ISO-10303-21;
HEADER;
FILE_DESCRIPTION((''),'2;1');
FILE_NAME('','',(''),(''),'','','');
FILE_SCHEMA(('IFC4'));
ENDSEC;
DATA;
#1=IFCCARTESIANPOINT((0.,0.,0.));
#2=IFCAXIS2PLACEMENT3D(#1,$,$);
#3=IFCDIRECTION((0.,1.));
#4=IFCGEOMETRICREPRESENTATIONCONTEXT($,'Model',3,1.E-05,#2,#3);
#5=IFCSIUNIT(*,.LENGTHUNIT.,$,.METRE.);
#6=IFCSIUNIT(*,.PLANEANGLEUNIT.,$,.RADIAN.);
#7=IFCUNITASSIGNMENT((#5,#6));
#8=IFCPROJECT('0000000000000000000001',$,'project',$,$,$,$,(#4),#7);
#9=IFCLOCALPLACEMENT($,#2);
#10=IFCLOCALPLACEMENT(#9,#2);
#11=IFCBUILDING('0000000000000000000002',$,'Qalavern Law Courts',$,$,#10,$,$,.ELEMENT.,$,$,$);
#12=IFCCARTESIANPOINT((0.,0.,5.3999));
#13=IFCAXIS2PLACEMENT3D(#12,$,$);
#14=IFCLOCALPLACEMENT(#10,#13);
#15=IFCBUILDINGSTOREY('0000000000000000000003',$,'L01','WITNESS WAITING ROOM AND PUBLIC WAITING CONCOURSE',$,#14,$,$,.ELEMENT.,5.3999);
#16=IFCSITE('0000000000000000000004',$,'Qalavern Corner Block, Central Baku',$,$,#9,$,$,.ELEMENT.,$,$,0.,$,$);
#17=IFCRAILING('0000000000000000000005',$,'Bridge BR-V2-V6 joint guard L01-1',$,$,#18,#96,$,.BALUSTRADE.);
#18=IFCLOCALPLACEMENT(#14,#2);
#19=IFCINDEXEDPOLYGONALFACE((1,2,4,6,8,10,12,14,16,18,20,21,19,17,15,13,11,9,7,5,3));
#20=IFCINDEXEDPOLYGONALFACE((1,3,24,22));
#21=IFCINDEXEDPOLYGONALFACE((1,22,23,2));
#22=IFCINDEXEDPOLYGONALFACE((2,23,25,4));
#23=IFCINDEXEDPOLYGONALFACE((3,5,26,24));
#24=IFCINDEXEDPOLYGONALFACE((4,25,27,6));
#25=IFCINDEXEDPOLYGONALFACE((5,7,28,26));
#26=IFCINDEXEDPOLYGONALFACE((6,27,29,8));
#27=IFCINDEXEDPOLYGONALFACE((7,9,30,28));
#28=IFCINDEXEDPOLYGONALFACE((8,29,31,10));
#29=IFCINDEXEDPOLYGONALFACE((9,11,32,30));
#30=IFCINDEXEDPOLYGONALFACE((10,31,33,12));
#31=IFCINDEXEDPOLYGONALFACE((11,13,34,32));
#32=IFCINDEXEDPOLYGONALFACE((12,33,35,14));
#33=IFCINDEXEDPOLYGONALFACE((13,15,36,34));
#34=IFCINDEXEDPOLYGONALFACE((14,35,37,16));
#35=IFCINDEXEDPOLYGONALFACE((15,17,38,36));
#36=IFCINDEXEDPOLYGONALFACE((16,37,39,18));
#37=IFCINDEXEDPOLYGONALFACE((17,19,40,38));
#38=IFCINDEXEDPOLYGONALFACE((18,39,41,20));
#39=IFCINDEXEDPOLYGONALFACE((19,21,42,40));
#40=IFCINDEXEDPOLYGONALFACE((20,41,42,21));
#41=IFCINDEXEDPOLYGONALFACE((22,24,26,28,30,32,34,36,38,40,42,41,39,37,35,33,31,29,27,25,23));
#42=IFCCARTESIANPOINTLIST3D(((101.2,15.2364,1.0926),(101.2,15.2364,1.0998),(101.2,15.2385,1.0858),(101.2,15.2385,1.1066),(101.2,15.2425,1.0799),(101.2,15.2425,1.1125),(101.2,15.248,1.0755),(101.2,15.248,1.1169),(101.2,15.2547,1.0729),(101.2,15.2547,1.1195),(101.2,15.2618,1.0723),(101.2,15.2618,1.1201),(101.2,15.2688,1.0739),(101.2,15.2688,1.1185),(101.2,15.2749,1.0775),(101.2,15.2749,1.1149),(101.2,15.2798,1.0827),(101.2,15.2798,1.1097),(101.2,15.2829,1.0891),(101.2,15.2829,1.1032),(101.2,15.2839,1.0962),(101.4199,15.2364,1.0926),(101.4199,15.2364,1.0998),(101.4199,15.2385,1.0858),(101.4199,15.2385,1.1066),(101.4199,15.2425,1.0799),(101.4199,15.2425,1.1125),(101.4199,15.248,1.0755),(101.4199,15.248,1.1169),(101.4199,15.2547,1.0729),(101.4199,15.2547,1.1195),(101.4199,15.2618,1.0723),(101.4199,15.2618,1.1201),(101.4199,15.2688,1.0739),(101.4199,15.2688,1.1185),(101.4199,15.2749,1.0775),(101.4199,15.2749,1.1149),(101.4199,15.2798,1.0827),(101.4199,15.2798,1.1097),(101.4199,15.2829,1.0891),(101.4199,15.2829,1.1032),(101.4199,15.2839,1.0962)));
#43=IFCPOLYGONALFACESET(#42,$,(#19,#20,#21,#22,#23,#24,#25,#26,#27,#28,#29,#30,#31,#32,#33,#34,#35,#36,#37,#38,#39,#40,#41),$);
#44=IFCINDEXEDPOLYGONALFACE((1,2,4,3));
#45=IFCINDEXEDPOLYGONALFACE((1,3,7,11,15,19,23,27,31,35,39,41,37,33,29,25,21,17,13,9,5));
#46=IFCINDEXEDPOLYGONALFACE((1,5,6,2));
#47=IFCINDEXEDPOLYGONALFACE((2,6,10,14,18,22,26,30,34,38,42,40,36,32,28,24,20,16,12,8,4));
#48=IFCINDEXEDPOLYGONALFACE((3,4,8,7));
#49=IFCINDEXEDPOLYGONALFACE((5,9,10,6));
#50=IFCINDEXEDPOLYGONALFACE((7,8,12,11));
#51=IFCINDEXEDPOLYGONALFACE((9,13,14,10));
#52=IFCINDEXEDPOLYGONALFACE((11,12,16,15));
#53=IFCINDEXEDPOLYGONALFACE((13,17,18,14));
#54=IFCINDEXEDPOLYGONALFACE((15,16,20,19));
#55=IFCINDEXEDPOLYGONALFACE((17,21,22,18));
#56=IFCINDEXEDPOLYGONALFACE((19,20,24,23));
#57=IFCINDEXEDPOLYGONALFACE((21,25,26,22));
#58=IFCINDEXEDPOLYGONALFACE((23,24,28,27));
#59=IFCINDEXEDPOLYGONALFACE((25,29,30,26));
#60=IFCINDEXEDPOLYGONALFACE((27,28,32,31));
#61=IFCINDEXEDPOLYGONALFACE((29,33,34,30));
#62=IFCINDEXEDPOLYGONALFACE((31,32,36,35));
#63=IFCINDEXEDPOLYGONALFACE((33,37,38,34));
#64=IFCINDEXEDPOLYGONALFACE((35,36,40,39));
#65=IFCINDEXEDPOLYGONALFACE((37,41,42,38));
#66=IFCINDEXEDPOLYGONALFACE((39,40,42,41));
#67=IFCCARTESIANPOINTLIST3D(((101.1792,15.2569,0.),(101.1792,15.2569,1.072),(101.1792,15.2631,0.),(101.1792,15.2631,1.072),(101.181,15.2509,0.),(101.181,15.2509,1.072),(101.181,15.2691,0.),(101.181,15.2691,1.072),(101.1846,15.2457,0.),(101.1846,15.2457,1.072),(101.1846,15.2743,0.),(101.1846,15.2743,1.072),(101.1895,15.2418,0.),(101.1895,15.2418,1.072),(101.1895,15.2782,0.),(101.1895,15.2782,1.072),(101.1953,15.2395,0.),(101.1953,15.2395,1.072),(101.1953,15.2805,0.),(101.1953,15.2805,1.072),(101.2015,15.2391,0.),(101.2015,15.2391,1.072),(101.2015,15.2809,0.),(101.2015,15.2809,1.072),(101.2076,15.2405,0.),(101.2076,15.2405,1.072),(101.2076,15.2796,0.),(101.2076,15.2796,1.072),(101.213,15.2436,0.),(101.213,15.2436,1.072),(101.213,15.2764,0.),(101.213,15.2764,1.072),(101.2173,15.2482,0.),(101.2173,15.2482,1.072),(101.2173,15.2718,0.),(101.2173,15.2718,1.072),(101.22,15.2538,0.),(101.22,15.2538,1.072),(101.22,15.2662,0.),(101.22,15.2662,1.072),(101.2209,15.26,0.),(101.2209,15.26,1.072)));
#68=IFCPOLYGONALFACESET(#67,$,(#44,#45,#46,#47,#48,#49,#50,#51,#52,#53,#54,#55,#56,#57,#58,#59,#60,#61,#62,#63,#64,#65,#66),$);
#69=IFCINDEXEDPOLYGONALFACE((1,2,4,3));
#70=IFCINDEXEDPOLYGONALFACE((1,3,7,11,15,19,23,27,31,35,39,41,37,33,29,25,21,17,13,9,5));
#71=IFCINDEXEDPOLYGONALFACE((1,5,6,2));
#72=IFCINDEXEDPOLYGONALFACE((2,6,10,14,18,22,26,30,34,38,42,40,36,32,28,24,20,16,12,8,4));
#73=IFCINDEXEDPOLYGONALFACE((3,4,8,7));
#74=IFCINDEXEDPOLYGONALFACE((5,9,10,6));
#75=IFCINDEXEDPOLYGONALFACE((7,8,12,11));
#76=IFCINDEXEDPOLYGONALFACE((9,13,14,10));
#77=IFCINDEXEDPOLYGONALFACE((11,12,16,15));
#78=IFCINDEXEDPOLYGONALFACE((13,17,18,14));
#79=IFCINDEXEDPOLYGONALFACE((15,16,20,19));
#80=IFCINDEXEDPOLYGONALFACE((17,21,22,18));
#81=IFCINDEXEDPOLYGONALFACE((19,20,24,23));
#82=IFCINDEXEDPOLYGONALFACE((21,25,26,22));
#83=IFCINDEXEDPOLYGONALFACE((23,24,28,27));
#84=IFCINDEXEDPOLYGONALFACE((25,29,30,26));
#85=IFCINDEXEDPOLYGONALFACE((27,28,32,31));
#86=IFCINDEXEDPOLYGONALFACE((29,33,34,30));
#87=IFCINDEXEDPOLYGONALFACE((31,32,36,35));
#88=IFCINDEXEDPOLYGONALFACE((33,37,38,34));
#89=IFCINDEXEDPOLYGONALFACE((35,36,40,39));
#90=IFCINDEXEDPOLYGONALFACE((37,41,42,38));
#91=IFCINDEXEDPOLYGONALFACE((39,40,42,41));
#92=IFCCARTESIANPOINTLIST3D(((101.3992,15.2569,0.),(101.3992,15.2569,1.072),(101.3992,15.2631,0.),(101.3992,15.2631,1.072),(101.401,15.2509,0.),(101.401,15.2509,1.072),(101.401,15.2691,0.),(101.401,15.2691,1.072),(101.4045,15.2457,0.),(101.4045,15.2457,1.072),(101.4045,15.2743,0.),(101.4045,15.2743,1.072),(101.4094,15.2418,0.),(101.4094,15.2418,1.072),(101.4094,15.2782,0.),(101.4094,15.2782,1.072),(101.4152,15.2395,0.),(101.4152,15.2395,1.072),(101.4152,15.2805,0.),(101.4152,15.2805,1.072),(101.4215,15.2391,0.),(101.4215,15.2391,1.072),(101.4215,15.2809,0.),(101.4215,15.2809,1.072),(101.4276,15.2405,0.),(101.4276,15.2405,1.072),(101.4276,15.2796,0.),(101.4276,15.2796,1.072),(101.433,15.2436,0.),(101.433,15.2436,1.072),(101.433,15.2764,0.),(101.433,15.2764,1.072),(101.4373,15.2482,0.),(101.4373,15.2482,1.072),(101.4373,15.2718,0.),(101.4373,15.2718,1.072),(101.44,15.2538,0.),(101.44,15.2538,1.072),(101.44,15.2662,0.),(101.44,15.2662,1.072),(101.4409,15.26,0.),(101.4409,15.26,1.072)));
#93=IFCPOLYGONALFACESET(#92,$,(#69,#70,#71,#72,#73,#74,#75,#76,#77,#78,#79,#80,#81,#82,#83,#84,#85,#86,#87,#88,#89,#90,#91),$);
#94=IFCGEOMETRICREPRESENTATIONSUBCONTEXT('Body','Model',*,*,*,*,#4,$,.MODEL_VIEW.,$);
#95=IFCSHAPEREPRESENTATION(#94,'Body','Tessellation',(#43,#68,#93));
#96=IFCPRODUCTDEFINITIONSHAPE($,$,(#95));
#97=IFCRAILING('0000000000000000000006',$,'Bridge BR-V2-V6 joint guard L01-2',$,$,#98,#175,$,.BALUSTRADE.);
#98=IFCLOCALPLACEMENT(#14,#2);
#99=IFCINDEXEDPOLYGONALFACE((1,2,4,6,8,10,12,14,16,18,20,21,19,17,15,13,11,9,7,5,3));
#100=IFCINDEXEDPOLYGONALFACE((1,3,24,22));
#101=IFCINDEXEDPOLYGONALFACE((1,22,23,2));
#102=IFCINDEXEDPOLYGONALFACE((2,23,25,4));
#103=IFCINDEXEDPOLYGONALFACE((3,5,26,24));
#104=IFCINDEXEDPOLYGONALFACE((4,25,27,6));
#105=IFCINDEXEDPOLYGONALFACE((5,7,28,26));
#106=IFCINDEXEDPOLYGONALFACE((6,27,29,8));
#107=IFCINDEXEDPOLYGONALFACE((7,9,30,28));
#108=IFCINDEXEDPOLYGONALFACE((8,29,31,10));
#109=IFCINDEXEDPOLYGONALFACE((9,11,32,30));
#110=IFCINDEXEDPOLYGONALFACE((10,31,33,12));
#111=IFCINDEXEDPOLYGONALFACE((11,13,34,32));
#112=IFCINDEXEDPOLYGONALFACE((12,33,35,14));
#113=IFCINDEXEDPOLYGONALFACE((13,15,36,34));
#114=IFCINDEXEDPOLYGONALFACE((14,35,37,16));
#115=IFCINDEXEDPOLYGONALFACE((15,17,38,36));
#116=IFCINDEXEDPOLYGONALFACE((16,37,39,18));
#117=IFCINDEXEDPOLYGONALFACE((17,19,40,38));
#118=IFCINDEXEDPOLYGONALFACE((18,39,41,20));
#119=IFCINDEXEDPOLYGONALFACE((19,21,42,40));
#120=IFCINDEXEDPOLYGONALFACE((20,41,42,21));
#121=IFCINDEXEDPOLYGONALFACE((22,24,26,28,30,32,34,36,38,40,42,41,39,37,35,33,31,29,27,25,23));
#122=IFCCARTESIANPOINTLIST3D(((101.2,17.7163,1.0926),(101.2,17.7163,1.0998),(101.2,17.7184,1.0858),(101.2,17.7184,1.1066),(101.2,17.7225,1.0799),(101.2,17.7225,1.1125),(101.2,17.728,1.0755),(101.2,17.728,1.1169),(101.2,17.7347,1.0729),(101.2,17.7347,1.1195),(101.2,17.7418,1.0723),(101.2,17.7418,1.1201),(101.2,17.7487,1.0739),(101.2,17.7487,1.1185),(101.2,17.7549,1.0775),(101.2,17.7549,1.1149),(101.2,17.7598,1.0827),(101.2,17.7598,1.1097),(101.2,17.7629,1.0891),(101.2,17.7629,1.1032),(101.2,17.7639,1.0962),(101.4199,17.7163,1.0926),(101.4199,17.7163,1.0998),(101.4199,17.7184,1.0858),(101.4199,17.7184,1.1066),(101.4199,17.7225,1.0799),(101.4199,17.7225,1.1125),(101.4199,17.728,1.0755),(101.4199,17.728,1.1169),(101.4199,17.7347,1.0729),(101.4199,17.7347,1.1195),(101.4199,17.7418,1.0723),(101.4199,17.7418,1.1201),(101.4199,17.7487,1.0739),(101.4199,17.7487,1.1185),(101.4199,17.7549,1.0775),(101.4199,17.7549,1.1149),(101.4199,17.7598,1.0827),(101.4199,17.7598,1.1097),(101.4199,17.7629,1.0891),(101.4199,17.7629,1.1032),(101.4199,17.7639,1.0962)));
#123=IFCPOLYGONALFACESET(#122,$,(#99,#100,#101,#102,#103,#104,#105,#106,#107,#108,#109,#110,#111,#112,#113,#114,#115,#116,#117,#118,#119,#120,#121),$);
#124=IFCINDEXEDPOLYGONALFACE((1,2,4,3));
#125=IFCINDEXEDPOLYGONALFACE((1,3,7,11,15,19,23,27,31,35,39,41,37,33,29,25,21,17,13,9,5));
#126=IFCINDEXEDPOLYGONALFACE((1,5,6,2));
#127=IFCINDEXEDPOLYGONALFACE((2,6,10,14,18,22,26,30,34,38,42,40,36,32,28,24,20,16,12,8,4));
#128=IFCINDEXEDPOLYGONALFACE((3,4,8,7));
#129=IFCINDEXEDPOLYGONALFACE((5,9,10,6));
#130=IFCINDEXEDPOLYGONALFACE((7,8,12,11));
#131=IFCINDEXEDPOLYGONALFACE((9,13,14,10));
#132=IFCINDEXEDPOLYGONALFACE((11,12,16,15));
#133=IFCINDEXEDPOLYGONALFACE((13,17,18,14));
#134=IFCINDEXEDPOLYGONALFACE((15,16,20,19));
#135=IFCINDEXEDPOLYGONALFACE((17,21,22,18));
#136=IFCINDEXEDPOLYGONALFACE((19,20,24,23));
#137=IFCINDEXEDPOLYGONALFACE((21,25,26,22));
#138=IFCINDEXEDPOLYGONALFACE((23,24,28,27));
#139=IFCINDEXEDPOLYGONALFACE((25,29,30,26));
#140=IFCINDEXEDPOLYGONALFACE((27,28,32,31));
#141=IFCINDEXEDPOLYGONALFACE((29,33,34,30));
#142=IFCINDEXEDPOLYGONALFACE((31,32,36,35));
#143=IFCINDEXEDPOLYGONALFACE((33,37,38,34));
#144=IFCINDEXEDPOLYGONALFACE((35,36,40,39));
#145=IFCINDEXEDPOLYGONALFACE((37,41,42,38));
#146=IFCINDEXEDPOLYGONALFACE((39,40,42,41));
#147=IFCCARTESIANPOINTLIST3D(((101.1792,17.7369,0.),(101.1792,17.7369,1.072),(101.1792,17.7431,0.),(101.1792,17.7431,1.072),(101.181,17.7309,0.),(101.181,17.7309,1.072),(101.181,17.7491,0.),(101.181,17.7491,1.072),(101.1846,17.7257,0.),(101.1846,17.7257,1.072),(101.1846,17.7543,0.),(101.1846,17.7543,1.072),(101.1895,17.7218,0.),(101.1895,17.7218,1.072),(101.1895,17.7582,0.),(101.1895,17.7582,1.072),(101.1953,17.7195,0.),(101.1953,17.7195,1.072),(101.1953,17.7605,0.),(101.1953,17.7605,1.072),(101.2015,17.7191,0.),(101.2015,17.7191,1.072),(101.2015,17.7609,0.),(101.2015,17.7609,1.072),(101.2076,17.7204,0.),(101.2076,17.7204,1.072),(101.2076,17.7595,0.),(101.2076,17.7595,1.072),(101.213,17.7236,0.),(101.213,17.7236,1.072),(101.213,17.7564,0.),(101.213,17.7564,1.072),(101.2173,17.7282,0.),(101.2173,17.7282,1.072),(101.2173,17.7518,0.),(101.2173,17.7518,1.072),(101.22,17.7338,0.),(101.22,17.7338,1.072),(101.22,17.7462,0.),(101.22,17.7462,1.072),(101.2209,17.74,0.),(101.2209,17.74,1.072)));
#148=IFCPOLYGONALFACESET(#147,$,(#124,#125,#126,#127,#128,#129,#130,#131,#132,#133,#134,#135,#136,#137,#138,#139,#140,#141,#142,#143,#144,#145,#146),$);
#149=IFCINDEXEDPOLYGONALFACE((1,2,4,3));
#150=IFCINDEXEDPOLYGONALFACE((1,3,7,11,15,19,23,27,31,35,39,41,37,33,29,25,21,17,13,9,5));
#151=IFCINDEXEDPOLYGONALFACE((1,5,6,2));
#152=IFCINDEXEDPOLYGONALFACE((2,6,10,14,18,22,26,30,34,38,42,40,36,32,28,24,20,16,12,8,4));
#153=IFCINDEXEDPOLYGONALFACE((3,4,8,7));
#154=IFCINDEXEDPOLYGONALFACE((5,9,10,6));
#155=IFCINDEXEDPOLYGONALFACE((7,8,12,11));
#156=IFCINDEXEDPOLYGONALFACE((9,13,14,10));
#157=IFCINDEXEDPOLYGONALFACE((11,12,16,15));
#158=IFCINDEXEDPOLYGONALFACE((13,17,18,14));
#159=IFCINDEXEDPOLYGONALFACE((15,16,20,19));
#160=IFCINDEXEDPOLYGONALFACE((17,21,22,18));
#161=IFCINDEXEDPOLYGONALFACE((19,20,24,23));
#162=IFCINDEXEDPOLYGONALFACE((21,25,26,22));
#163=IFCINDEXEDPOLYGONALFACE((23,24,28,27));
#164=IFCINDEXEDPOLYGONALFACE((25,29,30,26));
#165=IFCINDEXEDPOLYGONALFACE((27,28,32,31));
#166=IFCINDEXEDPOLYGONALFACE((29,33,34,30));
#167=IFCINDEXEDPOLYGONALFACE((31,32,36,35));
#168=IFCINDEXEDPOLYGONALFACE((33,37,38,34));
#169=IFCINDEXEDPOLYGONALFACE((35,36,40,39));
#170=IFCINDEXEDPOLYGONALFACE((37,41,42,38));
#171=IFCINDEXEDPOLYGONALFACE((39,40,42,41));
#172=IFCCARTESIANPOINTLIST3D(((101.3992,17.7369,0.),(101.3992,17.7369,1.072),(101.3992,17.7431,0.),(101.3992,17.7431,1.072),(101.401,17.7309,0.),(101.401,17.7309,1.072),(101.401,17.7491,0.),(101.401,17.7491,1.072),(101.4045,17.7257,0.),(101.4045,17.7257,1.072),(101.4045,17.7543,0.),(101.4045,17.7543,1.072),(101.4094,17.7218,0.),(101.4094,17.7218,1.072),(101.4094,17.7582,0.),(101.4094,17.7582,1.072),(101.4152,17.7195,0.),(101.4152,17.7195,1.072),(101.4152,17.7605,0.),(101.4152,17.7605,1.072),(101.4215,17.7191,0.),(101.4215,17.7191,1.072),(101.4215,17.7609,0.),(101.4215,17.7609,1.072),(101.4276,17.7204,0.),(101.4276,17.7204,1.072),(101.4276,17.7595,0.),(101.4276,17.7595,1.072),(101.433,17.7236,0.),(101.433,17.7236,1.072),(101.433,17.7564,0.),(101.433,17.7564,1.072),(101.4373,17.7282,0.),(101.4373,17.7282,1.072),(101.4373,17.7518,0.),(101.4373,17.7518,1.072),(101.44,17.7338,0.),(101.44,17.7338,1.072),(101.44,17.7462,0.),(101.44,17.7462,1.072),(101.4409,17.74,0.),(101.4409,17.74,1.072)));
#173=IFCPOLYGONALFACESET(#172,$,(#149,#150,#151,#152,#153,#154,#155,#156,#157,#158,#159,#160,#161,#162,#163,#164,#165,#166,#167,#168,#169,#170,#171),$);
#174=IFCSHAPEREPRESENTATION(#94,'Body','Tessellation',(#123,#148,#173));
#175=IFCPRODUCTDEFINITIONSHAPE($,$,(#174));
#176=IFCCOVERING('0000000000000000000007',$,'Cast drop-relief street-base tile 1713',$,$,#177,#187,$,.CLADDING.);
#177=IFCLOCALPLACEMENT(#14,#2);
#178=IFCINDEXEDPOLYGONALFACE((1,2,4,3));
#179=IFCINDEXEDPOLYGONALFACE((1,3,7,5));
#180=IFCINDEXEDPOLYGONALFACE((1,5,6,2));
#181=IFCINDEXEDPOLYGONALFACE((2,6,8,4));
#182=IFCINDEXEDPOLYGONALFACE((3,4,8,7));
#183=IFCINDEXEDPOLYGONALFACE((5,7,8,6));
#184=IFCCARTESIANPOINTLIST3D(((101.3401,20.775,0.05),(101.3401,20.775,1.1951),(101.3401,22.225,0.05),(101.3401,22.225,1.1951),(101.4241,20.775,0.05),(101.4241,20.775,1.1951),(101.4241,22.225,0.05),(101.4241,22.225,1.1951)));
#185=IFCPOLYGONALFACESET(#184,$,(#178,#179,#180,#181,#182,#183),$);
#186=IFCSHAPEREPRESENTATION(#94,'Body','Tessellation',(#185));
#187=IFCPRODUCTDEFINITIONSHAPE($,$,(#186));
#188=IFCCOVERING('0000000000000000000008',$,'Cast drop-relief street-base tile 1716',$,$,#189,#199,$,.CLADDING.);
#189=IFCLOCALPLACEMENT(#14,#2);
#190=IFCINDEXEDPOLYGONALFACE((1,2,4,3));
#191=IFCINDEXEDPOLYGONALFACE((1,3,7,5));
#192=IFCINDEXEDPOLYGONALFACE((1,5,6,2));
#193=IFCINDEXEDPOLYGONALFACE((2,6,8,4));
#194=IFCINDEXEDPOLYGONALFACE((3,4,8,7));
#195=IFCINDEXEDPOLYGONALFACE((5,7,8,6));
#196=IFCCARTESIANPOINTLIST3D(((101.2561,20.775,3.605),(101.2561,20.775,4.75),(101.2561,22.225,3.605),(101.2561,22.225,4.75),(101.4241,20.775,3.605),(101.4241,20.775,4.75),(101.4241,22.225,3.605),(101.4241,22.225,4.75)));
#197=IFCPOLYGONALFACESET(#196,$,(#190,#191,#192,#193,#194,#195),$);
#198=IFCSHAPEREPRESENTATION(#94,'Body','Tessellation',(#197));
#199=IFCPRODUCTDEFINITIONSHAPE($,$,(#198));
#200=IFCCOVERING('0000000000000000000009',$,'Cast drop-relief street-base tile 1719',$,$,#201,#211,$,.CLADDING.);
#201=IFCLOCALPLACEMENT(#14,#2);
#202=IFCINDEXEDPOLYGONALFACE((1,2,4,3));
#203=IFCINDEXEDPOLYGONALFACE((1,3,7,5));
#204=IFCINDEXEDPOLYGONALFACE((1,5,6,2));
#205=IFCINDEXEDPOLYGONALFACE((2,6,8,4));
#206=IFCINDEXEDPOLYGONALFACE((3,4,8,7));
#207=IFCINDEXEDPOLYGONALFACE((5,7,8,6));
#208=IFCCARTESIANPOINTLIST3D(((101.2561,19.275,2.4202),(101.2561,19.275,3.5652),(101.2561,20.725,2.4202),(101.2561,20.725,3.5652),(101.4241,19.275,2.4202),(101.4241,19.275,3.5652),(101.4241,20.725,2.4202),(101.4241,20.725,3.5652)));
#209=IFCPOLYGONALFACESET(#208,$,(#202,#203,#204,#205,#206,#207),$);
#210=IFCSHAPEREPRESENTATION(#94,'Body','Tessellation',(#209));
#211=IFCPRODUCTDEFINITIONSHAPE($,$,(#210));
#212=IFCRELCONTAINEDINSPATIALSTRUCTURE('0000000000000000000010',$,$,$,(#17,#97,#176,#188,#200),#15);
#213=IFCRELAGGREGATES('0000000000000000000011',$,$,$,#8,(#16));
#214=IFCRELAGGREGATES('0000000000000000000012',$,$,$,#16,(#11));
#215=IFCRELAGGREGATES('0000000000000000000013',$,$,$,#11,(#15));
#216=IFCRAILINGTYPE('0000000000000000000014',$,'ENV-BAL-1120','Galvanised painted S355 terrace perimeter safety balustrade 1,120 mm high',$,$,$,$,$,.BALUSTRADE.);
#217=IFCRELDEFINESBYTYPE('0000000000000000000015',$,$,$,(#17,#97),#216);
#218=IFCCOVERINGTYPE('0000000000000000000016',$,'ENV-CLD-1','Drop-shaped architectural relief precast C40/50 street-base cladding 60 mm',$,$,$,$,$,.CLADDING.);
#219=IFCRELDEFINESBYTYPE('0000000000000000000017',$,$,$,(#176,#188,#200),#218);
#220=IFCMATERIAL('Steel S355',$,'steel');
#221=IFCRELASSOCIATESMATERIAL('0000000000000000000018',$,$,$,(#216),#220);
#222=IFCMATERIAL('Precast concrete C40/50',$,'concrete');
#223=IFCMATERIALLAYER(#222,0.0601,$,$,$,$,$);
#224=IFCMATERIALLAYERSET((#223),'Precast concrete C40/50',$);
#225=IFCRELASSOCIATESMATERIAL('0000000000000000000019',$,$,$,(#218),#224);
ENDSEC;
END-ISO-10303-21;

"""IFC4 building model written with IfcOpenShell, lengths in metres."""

from ifc_helpers import new_model, si_unit, direction, frame, origin, origin_2d, place, context, subcontext, project, spatial, rectangle, circle, extrude, material, layer, layer_set, type_object, element, save


model = new_model("IFC4")

# Units and contexts
model_context = context("Model", 3, precision=1e-05, world=origin(), true_north=direction((0.0, 1.0)))
body_context = subcontext(model_context, "Body", "Model", "MODEL_VIEW")
ifc_project = project(units=[si_unit("LENGTHUNIT", "METRE"), si_unit("PLANEANGLEUNIT", "RADIAN")], contexts=[model_context])

# Site, building, storey
site_placement = place(None, origin())
site = spatial("IfcSite", under=ifc_project, at=site_placement, Name="Qalavern Corner Block, Central Baku", CompositionType="ELEMENT", RefElevation=0.0)
building_placement = place(site_placement, origin())
building = spatial("IfcBuilding", under=site, at=building_placement, Name="Qalavern Law Courts", CompositionType="ELEMENT")
storey_placement = place(building_placement, frame((0.0, 0.0, 5.3999)))
storey = spatial("IfcBuildingStorey", under=building, at=storey_placement, Name="L01", Description="WITNESS WAITING ROOM AND PUBLIC WAITING CONCOURSE", CompositionType="ELEMENT", Elevation=5.3999)

# Railings
ifc_material_1 = material(Name="Steel S355", Category="steel")
railing_type = type_object("IfcRailingType", Name="ENV-BAL-1120", Description="Galvanised painted S355 terrace perimeter safety balustrade 1,120 mm high", PredefinedType="BALUSTRADE", material=ifc_material_1)
for number, where, name in (
    (1, (101.2, 15.26, 0.0), "Bridge BR-V2-V6 joint guard L01-1"),
    (2, (101.2, 17.74, 0.0), "Bridge BR-V2-V6 joint guard L01-2"),
):
    element("IfcRailing", number, at=place(storey_placement, frame(where)), inside=storey, type_object=railing_type, Name=name, PredefinedType="BALUSTRADE", context=body_context, shape_type="SweptSolid", body=[
        extrude(circle(Radius=0.0239, at=origin_2d()), frame((0.0, 0.0, 1.0962), z_axis=(1.0, 0.0, 0.0), x_axis=(0.0, 1.0, 0.0)), (0.0, 0.0, 1.0), 0.22),
        extrude(circle(Radius=0.021, at=origin_2d()), origin(), (0.0, 0.0, 1.0), 1.072),
        extrude(circle(Radius=0.021, at=origin_2d()), frame((0.22, 0.0, 0.0)), (0.0, 0.0, 1.0), 1.072),
    ])

# Coverings
ifc_material_2 = material(Name="Precast concrete C40/50", Category="concrete")
ifc_layer_1 = layer(ifc_material_2, 0.0601)
ifc_layer_set_1 = layer_set([ifc_layer_1], Name="Precast concrete C40/50")
covering_type_1 = type_object("IfcCoveringType", Name="ENV-CLD-1", Description="Drop-shaped architectural relief precast C40/50 street-base cladding 60 mm", PredefinedType="CLADDING", material=ifc_layer_set_1)
covering_1_placement = place(storey_placement, frame((101.3821, 21.5, 0.05), z_axis=(0.0, 0.0, 1.0), x_axis=(0.0, -1.0, 0.0)))
element("IfcCovering", 3, at=covering_1_placement, inside=storey, type_object=covering_type_1, Name="Cast drop-relief street-base tile 1713", PredefinedType="CLADDING", context=body_context, shape_type="SweptSolid", body=[
    extrude(rectangle(XDim=1.45, YDim=0.084, at=origin_2d()), origin(), (0.0, 0.0, 1.0), 1.145),
])
for number, where, z_axis, x_axis, name in (
    (4, (101.3401, 21.5, 3.605), (0.0, 0.0, 1.0), (0.0, -1.0, 0.0), "Cast drop-relief street-base tile 1716"),
    (5, (101.3401, 20.0, 2.4202), (0.0, 0.0, 1.0), (0.0, -1.0, 0.0), "Cast drop-relief street-base tile 1719"),
):
    element("IfcCovering", number, at=place(storey_placement, frame(where, z_axis=z_axis, x_axis=x_axis)), inside=storey, type_object=covering_type_1, Name=name, PredefinedType="CLADDING", context=body_context, shape_type="SweptSolid", body=[
        extrude(rectangle(XDim=1.45, YDim=0.168, at=origin_2d()), origin(), (0.0, 0.0, 1.0), 1.145),
    ])

save(model, "model.ifc")
